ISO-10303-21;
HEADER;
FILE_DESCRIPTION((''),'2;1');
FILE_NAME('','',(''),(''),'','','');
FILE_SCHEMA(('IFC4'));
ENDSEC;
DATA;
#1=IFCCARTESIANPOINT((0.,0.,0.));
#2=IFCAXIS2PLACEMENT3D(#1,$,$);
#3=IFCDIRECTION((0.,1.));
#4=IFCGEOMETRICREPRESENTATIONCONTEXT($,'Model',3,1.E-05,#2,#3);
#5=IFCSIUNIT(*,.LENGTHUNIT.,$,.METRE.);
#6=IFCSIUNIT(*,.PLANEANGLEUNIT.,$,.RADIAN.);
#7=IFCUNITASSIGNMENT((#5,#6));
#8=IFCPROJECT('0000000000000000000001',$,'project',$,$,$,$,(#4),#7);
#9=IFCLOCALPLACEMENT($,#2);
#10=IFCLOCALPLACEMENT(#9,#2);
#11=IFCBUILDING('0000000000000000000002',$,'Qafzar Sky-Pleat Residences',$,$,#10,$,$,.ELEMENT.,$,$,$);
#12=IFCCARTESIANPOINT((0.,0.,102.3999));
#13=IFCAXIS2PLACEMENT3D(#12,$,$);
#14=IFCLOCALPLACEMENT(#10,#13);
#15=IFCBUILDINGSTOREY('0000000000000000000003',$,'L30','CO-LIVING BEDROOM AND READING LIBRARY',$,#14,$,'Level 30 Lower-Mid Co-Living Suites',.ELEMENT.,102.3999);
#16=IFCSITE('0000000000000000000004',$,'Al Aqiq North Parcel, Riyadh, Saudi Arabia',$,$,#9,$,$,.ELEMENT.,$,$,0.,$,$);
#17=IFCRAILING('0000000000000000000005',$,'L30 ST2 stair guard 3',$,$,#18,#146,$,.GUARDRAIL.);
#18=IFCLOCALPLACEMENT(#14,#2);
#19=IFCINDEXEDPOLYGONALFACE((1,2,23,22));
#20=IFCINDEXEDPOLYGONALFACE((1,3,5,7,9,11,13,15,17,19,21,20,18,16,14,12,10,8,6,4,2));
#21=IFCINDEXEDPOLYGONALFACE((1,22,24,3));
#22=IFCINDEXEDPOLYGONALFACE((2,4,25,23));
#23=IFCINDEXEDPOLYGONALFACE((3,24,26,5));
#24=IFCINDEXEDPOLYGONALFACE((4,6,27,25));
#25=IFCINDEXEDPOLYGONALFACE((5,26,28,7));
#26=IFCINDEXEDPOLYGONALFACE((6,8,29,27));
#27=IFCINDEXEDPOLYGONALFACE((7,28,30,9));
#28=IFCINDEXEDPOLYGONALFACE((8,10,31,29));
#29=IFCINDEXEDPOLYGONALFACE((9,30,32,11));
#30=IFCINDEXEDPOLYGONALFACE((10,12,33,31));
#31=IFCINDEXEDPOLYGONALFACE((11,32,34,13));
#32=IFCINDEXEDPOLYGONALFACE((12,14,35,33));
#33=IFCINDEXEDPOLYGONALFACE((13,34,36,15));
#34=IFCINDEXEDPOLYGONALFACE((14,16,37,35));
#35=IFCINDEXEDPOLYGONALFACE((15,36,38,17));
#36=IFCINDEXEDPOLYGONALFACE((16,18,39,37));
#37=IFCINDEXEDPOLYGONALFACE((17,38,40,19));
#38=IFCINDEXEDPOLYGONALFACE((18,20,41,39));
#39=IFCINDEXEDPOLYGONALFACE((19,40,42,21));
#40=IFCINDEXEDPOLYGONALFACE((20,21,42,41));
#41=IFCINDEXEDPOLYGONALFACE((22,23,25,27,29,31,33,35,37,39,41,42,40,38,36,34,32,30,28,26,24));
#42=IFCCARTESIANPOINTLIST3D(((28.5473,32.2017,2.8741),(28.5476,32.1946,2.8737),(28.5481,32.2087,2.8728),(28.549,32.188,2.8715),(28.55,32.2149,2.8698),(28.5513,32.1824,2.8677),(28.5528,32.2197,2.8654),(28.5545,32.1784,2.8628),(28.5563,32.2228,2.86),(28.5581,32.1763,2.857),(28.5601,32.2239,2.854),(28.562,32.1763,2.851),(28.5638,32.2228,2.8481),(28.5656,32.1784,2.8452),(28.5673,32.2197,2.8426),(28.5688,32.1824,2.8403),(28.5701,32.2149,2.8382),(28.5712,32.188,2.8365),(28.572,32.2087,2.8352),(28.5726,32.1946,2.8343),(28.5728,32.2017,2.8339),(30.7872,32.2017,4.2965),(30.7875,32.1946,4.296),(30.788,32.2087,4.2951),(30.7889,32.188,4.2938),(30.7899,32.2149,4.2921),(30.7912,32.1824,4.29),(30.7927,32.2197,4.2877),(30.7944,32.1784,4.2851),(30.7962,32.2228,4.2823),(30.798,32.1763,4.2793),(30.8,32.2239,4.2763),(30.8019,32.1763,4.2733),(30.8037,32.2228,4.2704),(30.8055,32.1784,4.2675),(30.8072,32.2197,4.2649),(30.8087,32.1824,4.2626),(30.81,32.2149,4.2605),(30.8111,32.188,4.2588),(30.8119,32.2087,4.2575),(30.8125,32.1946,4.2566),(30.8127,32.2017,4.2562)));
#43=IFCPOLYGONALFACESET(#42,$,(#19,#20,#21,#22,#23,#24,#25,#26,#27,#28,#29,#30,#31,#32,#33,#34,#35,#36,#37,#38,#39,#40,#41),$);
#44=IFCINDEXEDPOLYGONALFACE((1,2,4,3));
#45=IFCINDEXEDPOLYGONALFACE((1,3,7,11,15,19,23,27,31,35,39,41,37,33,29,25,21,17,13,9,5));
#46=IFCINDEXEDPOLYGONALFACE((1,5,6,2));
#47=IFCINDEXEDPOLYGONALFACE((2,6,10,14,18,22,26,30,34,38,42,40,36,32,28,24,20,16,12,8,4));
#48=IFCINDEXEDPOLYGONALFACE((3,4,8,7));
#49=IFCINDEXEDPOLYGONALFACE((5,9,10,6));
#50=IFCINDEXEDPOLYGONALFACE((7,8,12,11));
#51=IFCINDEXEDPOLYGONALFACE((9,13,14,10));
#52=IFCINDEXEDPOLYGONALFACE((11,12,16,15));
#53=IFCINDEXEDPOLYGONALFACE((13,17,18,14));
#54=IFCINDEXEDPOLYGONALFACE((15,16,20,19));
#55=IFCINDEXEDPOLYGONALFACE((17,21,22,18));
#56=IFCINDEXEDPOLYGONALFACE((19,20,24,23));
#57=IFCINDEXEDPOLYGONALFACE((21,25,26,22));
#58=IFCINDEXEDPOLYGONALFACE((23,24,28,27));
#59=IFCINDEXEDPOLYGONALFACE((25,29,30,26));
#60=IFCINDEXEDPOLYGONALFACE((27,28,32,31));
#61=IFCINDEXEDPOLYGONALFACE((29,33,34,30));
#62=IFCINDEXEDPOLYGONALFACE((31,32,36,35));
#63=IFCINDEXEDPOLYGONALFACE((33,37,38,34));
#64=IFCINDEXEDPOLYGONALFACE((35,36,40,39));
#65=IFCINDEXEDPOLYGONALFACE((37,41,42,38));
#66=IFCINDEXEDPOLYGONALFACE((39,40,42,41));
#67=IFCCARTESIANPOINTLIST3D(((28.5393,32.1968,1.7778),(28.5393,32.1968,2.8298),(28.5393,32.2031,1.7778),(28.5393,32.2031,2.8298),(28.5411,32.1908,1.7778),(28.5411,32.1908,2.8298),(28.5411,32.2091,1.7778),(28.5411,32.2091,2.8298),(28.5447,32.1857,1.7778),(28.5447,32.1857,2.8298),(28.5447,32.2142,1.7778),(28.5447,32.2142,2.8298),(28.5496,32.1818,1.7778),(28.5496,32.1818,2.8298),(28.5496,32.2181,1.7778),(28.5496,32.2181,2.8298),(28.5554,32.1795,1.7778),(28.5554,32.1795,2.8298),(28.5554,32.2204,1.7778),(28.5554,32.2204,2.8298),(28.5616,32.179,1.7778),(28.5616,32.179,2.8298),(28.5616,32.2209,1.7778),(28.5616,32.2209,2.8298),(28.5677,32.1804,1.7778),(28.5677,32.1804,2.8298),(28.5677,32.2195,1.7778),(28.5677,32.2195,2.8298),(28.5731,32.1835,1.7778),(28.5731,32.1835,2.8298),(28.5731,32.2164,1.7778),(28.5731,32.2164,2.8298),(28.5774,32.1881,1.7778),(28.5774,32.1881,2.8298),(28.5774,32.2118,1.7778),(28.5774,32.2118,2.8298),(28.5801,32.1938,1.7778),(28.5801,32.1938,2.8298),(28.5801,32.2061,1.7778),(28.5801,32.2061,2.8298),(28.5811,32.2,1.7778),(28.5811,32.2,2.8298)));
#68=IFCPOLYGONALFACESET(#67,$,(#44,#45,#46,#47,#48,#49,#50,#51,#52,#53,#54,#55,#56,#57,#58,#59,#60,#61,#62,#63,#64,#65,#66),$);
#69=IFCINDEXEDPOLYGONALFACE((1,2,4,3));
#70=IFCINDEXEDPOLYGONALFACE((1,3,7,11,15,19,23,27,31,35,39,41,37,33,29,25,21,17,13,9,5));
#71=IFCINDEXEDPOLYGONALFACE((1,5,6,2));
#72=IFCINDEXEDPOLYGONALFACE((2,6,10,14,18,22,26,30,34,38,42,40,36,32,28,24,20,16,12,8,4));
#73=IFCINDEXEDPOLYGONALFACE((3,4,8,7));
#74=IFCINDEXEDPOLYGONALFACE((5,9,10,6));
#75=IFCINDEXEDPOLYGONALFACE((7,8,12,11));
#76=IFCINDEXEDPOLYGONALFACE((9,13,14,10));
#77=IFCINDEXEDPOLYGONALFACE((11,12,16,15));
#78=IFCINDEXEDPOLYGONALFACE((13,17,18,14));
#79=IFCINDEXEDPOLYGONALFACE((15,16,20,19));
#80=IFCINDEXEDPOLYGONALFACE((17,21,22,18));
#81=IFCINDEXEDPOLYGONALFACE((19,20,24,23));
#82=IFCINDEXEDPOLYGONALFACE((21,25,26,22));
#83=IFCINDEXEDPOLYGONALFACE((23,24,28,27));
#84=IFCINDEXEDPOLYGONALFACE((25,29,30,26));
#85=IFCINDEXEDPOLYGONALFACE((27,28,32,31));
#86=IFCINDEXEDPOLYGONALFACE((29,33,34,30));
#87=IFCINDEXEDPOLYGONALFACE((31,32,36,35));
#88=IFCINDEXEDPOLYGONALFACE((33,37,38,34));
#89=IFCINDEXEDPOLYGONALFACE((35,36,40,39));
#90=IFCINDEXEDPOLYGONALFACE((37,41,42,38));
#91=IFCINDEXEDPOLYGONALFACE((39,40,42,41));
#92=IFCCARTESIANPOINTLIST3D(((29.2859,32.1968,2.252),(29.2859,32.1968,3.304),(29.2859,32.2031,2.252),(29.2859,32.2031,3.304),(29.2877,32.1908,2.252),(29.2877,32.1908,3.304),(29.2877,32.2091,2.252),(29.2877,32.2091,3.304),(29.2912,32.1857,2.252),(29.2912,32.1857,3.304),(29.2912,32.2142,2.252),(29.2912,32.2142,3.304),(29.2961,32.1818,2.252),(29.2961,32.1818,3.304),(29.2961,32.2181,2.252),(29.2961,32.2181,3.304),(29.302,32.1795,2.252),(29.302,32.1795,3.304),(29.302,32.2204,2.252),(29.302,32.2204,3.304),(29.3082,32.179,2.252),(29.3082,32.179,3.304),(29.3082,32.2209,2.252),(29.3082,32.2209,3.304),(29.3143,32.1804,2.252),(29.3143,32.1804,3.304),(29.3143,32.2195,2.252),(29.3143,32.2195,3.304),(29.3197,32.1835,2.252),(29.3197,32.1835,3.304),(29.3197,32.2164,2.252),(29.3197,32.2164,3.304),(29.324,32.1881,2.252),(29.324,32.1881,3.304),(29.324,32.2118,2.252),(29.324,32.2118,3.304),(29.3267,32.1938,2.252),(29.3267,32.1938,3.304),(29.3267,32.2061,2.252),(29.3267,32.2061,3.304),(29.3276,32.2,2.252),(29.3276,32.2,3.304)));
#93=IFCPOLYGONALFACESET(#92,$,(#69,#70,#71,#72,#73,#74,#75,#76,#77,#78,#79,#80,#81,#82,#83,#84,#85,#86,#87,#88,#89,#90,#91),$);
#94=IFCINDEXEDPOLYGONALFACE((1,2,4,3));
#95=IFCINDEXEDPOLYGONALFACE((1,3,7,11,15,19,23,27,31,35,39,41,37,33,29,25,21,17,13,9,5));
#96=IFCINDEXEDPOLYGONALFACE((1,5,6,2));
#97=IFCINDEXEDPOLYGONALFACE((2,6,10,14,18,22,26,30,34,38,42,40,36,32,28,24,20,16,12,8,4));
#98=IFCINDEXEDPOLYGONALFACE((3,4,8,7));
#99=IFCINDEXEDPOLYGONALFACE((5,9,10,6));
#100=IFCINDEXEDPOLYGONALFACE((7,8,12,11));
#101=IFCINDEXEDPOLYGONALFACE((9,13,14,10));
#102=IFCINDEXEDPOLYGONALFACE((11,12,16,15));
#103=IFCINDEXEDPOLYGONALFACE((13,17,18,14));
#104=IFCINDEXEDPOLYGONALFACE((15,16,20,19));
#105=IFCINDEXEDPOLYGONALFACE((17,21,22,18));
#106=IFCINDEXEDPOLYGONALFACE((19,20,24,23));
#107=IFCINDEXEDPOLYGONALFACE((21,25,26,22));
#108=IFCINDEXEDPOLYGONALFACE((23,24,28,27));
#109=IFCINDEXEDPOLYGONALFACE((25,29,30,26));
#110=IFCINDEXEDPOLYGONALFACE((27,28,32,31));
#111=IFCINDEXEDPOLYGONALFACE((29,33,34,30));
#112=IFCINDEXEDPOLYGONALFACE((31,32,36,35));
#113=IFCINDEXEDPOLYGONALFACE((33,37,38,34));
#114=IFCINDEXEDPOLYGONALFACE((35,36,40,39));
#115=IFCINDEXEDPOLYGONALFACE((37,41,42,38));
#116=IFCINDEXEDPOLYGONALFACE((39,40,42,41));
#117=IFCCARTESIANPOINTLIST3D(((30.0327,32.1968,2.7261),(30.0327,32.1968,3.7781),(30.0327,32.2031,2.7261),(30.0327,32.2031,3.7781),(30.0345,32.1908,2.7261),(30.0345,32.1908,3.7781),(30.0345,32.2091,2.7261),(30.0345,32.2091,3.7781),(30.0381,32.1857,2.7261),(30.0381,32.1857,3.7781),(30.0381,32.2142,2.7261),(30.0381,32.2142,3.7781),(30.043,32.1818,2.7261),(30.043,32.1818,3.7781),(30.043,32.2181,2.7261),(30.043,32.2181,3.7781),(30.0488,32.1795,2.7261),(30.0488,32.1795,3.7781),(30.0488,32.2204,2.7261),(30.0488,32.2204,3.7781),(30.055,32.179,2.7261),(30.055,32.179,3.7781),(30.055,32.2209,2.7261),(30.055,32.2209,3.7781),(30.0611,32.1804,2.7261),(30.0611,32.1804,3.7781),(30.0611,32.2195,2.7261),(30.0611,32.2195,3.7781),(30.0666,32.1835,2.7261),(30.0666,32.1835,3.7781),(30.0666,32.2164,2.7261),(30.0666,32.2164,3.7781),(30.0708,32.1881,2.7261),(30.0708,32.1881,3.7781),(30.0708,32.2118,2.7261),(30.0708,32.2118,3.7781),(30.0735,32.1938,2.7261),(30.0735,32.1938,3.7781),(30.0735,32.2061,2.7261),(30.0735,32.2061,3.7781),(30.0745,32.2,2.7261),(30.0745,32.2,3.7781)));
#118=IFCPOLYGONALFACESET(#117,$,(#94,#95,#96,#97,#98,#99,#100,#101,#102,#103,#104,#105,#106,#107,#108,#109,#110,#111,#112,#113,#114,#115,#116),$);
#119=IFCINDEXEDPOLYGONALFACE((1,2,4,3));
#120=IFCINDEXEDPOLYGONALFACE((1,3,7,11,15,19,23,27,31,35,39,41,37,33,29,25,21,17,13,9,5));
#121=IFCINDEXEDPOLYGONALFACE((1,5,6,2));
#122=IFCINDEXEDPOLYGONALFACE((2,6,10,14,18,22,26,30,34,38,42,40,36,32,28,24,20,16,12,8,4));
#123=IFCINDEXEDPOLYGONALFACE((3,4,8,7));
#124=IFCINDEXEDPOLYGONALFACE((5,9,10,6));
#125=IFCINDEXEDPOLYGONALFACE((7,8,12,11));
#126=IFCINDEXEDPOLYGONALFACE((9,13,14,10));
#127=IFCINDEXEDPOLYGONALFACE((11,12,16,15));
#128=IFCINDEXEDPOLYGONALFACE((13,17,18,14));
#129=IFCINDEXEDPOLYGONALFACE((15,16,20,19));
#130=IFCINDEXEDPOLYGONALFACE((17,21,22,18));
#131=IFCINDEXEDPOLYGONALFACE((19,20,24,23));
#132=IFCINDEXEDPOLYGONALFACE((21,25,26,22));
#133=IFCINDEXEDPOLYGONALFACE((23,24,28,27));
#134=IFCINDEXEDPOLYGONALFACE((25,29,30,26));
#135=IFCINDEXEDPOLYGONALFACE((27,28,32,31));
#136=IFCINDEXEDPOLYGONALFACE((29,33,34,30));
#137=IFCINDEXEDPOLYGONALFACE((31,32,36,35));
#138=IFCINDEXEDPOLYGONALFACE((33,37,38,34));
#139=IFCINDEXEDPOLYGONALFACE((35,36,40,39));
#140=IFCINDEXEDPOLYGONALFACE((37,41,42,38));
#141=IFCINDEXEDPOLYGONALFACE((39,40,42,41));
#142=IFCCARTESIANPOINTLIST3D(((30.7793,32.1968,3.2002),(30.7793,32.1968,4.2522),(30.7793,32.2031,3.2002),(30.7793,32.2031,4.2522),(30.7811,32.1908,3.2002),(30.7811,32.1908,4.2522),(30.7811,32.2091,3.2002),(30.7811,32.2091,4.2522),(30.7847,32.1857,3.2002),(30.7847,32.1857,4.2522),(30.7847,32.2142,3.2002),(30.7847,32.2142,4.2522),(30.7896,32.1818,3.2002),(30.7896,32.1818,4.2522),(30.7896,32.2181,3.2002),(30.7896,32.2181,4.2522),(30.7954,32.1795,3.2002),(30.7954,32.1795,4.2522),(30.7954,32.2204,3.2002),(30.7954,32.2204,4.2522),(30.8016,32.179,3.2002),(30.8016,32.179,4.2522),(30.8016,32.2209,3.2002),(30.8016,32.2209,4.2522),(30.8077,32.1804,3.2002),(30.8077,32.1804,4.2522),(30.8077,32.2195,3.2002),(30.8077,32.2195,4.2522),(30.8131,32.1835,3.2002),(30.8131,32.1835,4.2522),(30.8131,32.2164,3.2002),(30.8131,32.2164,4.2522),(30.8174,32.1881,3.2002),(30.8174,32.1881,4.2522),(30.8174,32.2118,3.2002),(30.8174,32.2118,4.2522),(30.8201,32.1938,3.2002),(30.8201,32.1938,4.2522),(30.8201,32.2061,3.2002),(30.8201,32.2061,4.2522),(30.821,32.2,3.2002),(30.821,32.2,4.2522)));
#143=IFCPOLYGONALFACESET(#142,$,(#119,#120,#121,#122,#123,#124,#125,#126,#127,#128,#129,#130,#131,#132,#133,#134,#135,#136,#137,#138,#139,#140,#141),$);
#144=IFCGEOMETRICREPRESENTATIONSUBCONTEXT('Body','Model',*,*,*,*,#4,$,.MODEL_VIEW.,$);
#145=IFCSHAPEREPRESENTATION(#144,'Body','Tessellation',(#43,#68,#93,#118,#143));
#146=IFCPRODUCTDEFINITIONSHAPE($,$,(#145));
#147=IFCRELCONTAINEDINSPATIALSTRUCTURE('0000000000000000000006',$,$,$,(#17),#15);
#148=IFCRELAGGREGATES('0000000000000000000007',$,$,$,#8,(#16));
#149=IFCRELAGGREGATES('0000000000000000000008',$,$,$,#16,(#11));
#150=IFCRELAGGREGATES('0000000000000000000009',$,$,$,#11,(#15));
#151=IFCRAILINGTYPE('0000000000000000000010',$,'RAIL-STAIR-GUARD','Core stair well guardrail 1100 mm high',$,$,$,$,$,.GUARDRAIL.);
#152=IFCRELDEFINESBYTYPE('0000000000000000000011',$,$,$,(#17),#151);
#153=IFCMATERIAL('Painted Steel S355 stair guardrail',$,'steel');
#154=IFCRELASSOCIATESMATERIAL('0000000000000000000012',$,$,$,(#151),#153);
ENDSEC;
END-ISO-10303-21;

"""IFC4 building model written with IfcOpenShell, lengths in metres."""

from ifc_helpers import new_model, si_unit, direction, frame, origin, origin_2d, place, context, subcontext, project, spatial, circle, extrude, source, transform, mapped, material, type_object, element, save


model = new_model("IFC4")

# Units and contexts
model_context = context("Model", 3, precision=1e-05, world=origin(), true_north=direction((0.0, 1.0)))
body_context = subcontext(model_context, "Body", "Model", "MODEL_VIEW")
ifc_project = project(units=[si_unit("LENGTHUNIT", "METRE"), si_unit("PLANEANGLEUNIT", "RADIAN")], contexts=[model_context])

# Site, building, storey
site_placement = place(None, origin())
site = spatial("IfcSite", under=ifc_project, at=site_placement, Name="Al Aqiq North Parcel, Riyadh, Saudi Arabia", CompositionType="ELEMENT", RefElevation=0.0)
building_placement = place(site_placement, origin())
building = spatial("IfcBuilding", under=site, at=building_placement, Name="Qafzar Sky-Pleat Residences", CompositionType="ELEMENT")
storey_placement = place(building_placement, frame((0.0, 0.0, 102.3999)))
storey = spatial("IfcBuildingStorey", under=building, at=storey_placement, Name="L30", Description="CO-LIVING BEDROOM AND READING LIBRARY", LongName="Level 30 Lower-Mid Co-Living Suites", CompositionType="ELEMENT", Elevation=102.3999)

# Railing
ifc_material_1 = material(Name="Painted Steel S355 stair guardrail", Category="steel")
railing_type_1 = type_object("IfcRailingType", Name="RAIL-STAIR-GUARD", Description="Core stair well guardrail 1100 mm high", PredefinedType="GUARDRAIL", material=ifc_material_1)
shared_shape_1 = source(origin(), body_context, "Body", "SweptSolid", [
    extrude(circle(Radius=0.0239, at=origin_2d()), frame((0.0, 0.0, 1.0762), z_axis=(0.844188, 0.0, 0.536048), x_axis=(0.0, 1.0, 0.0)), (0.0, 0.0, 1.0), 2.6533),
    extrude(circle(Radius=0.021, at=origin_2d()), origin(), (0.0, 0.0, 1.0), 1.052),
    extrude(circle(Radius=0.021, at=origin_2d()), frame((0.7466, 0.0, 0.4741)), (0.0, 0.0, 1.0), 1.052),
    extrude(circle(Radius=0.021, at=origin_2d()), frame((1.4934, 0.0, 0.9482)), (0.0, 0.0, 1.0), 1.052),
    extrude(circle(Radius=0.021, at=origin_2d()), frame((2.24, 0.0, 1.4224)), (0.0, 0.0, 1.0), 1.052),
])
railing_1_placement = place(storey_placement, frame((28.5601, 32.2, 1.7778)))
element("IfcRailing", 1, at=railing_1_placement, inside=storey, type_object=railing_type_1, Name="L30 ST2 stair guard 3", PredefinedType="GUARDRAIL", context=body_context, shape_type="MappedRepresentation", body=[
    mapped(shared_shape_1, transform((0.0, 0.0, 0.0), x_axis=(1.0, 0.0, 0.0), y_axis=(0.0, 1.0, 0.0), z_axis=(0.0, 0.0, 1.0), scale=1.0)),
])

save(model, "model.ifc")
